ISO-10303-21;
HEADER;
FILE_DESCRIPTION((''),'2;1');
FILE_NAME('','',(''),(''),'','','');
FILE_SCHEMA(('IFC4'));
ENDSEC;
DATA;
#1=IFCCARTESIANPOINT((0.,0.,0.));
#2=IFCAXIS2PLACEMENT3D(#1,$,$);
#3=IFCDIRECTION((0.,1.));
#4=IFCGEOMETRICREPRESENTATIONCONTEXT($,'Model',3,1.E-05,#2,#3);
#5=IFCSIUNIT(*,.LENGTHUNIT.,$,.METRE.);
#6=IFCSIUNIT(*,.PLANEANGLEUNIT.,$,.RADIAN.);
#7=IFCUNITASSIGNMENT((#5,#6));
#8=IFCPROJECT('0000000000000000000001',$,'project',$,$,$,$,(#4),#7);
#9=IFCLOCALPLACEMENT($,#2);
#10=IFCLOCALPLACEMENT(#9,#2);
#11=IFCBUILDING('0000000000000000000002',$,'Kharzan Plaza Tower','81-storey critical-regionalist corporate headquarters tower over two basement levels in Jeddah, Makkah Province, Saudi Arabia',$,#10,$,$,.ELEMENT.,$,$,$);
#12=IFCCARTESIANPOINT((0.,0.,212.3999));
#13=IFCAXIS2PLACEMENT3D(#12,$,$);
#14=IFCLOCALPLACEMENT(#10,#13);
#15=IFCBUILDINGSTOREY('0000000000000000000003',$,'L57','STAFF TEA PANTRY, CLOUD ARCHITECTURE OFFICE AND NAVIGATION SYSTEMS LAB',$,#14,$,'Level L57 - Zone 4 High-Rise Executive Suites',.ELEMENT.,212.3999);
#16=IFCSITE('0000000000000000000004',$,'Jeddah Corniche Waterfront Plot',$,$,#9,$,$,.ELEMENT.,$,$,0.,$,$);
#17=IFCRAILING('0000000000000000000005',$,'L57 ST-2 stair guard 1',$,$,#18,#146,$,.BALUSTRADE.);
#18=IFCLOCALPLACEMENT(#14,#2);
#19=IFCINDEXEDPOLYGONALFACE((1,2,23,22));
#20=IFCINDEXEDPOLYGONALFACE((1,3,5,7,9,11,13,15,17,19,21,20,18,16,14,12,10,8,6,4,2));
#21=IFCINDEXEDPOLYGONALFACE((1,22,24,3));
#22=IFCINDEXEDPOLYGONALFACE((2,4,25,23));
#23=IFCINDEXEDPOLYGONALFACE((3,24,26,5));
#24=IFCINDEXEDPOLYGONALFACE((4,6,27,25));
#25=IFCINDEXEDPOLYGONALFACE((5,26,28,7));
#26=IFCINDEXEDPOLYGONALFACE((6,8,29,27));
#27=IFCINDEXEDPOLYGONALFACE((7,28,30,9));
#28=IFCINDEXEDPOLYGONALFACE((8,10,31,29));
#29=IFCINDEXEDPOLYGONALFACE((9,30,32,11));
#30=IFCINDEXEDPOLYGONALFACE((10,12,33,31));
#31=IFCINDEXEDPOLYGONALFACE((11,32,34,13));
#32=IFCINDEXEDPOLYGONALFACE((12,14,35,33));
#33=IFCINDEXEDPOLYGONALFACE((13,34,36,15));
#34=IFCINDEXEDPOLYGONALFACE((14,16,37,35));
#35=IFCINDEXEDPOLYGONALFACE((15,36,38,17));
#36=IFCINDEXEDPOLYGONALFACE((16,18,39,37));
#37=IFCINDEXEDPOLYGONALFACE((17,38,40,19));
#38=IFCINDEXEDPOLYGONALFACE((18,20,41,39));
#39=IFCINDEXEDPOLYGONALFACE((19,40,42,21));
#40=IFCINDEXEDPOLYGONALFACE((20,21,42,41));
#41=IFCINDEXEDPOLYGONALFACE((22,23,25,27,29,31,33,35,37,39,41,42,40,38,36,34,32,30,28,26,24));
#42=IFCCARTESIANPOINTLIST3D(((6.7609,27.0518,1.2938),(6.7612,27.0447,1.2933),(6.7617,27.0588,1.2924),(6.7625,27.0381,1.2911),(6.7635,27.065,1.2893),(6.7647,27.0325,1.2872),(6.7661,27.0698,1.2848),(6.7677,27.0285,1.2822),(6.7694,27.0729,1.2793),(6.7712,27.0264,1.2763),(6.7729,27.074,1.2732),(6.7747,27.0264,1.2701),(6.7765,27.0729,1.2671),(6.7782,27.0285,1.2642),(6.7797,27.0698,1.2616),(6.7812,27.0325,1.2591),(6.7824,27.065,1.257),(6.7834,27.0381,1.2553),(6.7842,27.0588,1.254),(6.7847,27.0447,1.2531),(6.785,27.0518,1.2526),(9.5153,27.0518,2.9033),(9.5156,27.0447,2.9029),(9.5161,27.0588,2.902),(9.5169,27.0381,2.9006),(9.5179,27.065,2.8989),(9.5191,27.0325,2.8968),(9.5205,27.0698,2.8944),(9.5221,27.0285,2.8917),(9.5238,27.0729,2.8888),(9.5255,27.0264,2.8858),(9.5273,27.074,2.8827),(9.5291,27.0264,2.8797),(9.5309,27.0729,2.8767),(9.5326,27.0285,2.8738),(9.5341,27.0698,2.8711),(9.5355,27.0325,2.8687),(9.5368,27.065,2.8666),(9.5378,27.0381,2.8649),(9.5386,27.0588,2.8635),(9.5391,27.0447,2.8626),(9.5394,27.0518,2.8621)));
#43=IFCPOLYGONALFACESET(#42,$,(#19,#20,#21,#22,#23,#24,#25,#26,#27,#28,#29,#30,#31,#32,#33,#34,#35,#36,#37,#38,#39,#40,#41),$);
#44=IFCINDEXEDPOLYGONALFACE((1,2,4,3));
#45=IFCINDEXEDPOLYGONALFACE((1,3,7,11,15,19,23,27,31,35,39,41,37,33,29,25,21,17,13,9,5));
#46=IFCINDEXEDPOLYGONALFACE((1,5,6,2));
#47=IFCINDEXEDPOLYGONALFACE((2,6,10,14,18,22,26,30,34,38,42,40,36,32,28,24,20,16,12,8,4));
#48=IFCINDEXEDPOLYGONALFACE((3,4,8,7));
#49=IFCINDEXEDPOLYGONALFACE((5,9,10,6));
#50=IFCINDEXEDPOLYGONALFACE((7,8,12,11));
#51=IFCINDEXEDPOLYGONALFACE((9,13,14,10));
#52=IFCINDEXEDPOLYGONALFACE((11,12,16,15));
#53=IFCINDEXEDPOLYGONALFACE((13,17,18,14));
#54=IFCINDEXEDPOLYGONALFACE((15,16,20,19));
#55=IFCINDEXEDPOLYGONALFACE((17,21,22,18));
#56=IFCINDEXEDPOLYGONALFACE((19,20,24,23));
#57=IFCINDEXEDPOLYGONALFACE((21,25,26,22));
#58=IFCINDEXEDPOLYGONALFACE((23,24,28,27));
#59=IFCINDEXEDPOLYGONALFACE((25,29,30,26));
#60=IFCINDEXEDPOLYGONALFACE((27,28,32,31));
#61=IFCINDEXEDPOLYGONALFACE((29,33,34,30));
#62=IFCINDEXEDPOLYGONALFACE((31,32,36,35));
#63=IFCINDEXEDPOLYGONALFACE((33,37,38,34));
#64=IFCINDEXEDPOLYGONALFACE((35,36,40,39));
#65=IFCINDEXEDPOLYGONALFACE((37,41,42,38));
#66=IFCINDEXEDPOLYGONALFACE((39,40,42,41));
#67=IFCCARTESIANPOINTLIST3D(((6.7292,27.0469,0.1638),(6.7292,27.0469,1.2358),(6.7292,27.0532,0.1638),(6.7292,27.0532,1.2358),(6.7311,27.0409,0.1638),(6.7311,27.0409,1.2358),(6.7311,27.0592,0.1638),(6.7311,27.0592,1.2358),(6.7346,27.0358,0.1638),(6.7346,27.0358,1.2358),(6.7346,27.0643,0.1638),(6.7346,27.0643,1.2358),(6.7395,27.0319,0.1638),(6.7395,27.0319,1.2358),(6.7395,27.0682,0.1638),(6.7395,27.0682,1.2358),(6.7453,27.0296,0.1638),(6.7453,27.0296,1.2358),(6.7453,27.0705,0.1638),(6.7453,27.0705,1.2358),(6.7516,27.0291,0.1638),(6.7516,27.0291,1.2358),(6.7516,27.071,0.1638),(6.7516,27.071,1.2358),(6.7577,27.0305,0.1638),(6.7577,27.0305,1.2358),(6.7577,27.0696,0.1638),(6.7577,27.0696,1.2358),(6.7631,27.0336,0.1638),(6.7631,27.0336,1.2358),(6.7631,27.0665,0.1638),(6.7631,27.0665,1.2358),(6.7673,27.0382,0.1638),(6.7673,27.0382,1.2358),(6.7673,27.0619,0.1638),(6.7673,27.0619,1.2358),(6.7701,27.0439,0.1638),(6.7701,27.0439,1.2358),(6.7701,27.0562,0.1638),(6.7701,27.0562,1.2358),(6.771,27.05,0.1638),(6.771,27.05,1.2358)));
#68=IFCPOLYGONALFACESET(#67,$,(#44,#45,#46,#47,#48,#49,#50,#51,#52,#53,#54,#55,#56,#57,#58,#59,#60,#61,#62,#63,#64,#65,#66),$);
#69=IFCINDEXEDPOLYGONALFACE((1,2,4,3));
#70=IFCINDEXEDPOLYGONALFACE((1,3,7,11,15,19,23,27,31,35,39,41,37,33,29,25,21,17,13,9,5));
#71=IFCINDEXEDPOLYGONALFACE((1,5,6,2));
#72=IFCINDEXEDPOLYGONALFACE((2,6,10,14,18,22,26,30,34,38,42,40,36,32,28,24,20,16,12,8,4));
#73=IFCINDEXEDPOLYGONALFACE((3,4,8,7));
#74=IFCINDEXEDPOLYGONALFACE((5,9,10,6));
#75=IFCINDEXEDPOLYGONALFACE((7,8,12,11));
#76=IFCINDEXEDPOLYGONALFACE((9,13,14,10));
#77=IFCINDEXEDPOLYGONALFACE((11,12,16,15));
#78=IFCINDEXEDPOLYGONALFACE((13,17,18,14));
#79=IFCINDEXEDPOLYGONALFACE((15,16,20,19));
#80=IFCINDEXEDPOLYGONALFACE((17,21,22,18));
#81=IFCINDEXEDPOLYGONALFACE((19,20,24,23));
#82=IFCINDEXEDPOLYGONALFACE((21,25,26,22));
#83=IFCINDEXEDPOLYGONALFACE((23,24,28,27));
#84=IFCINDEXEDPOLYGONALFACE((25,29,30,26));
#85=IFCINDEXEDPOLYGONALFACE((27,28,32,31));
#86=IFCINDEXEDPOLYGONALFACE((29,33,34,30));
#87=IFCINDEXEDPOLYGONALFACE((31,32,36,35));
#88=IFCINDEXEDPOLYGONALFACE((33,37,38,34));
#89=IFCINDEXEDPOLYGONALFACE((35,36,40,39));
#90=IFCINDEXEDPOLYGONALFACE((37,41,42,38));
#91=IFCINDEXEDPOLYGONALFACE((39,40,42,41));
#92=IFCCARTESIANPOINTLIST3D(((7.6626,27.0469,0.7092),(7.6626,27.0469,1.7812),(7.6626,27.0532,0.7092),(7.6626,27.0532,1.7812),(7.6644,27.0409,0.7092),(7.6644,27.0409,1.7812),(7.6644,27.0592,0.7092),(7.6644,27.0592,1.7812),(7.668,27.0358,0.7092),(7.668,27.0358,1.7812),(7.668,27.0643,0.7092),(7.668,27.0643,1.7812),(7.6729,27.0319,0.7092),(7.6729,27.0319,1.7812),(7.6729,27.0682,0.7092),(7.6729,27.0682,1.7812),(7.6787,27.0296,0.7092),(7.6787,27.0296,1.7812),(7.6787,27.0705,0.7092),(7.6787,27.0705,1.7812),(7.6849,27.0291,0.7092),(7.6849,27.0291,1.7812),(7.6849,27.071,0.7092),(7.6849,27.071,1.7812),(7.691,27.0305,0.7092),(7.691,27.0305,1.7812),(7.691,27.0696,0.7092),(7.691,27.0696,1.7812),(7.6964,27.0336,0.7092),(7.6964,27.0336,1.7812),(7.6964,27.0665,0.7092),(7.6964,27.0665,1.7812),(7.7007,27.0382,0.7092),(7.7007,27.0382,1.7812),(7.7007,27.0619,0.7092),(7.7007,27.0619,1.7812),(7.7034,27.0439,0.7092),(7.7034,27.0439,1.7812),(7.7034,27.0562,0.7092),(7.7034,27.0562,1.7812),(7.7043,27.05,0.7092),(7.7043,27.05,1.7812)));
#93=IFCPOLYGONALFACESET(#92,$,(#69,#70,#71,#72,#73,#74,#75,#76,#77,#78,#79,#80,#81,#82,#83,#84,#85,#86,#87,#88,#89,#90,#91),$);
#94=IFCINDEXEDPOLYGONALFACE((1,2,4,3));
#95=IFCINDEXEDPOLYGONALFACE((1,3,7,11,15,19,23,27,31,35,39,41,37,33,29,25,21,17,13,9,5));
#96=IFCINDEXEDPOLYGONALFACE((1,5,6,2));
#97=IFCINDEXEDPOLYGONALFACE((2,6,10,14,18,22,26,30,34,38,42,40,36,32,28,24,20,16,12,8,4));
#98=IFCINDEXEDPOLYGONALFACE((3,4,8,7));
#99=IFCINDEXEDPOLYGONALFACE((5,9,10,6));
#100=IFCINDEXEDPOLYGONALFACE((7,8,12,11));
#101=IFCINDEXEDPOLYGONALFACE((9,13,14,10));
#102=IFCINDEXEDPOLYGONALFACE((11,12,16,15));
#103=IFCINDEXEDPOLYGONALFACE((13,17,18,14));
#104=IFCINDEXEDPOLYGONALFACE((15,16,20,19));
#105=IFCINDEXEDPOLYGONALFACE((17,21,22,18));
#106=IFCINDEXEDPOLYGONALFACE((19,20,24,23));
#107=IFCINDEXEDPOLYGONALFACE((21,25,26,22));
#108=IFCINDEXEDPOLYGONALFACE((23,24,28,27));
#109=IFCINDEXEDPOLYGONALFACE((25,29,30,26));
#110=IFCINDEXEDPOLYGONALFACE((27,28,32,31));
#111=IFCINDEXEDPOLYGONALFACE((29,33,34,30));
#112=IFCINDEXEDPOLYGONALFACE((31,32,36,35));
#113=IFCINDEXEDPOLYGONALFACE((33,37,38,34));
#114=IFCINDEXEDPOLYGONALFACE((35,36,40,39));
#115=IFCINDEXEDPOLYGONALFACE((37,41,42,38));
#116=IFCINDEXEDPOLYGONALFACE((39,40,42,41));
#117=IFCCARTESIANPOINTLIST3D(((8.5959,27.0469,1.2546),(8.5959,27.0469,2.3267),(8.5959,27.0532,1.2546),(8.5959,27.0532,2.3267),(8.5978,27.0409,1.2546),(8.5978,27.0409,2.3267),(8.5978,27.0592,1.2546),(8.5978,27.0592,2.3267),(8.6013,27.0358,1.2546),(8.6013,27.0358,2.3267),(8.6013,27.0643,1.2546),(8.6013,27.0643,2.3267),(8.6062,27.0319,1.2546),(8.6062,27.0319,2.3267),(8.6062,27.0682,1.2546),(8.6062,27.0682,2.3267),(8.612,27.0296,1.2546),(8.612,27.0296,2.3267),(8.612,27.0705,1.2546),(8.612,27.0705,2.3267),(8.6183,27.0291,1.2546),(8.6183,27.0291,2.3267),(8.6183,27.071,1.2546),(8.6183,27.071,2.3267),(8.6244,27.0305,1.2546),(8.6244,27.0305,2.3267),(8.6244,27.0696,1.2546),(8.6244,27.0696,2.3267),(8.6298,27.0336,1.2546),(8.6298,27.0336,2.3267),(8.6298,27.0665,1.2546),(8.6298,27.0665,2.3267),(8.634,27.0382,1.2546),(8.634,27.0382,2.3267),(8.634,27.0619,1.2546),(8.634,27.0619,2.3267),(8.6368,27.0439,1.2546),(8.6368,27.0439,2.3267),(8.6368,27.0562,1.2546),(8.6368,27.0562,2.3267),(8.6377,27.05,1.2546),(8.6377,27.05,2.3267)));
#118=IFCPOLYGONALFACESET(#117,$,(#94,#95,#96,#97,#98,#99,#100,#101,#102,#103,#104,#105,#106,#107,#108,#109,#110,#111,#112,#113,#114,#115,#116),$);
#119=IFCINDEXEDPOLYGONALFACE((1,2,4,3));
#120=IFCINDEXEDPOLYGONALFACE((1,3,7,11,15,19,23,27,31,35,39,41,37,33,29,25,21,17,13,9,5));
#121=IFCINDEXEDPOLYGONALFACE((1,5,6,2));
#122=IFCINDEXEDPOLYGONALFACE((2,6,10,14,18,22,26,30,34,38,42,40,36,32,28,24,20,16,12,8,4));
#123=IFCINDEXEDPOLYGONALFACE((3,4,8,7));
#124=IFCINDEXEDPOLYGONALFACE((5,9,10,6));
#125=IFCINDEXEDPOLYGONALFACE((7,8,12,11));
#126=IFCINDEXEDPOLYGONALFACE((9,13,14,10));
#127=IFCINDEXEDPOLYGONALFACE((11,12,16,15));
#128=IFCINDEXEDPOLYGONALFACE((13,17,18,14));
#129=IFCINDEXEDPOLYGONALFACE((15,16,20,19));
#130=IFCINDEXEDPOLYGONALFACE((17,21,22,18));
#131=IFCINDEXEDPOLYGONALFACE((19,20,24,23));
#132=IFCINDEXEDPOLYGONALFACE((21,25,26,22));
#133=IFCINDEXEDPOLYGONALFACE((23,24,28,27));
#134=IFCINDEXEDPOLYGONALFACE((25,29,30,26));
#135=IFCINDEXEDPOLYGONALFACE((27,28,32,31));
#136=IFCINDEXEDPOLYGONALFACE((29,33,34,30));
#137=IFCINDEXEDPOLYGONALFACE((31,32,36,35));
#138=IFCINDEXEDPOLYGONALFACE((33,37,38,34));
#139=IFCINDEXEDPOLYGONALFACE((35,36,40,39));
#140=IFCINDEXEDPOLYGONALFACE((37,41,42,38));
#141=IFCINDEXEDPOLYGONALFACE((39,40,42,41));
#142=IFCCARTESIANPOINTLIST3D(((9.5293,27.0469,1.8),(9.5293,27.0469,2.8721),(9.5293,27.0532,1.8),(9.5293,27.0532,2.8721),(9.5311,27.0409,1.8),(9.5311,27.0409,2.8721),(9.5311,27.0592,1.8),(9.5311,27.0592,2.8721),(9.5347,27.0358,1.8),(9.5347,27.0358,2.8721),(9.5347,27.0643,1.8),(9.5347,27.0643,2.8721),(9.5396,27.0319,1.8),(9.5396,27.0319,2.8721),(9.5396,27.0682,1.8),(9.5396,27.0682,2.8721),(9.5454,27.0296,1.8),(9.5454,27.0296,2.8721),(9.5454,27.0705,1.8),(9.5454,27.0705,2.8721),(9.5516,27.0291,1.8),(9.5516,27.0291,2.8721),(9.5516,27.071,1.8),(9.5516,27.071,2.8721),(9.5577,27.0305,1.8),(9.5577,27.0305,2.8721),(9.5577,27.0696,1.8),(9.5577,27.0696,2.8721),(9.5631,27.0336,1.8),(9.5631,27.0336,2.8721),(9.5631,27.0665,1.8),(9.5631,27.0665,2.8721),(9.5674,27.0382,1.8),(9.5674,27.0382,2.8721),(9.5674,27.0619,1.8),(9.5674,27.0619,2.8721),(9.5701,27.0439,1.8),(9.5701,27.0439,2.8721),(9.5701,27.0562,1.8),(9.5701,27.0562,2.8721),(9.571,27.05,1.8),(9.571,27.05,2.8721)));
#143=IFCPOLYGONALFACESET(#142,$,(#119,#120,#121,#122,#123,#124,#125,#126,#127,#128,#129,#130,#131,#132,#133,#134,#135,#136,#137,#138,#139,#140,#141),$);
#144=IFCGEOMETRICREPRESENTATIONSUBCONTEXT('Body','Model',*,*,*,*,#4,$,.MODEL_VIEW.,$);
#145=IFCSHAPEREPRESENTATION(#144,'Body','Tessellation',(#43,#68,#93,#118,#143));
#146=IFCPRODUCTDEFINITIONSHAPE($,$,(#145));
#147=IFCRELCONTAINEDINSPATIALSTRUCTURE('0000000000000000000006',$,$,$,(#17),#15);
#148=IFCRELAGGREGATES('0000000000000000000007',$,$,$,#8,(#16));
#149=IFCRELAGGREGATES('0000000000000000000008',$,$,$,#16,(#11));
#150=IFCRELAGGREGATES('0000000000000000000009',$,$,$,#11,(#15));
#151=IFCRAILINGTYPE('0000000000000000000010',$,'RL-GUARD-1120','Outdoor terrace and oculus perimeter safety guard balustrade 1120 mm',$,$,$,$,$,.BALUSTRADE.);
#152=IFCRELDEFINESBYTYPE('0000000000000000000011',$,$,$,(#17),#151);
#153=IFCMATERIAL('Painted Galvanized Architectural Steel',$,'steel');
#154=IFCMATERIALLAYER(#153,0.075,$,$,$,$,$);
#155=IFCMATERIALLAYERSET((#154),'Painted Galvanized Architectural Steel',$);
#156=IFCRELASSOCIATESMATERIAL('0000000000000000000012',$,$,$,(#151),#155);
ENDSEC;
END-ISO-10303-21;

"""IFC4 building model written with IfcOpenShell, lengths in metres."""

from ifc_helpers import new_model, si_unit, direction, frame, origin, origin_2d, place, context, subcontext, project, spatial, circle, extrude, source, transform, mapped, material, layer, layer_set, type_object, element, save


model = new_model("IFC4")

# Units and contexts
model_context = context("Model", 3, precision=1e-05, world=origin(), true_north=direction((0.0, 1.0)))
body_context = subcontext(model_context, "Body", "Model", "MODEL_VIEW")
ifc_project = project(units=[si_unit("LENGTHUNIT", "METRE"), si_unit("PLANEANGLEUNIT", "RADIAN")], contexts=[model_context])

# Site, building, storey
site_placement = place(None, origin())
site = spatial("IfcSite", under=ifc_project, at=site_placement, Name="Jeddah Corniche Waterfront Plot", CompositionType="ELEMENT", RefElevation=0.0)
building_placement = place(site_placement, origin())
building = spatial("IfcBuilding", under=site, at=building_placement, Name="Kharzan Plaza Tower", Description="81-storey critical-regionalist corporate headquarters tower over two basement levels in Jeddah, Makkah Province, Saudi Arabia", CompositionType="ELEMENT")
storey_placement = place(building_placement, frame((0.0, 0.0, 212.3999)))
storey = spatial("IfcBuildingStorey", under=building, at=storey_placement, Name="L57", Description="STAFF TEA PANTRY, CLOUD ARCHITECTURE OFFICE AND NAVIGATION SYSTEMS LAB", LongName="Level L57 - Zone 4 High-Rise Executive Suites", CompositionType="ELEMENT", Elevation=212.3999)

# Railing
ifc_material_1 = material(Name="Painted Galvanized Architectural Steel", Category="steel")
ifc_layer_1 = layer(ifc_material_1, 0.075)
ifc_layer_set_1 = layer_set([ifc_layer_1], Name="Painted Galvanized Architectural Steel")
railing_type_1 = type_object("IfcRailingType", Name="RL-GUARD-1120", Description="Outdoor terrace and oculus perimeter safety guard balustrade 1120 mm", PredefinedType="BALUSTRADE", material=ifc_layer_set_1)
shared_shape_1 = source(origin(), body_context, "Body", "SweptSolid", [
    extrude(circle(Radius=0.0239, at=origin_2d()), frame((0.0229, 0.0, 1.1094), z_axis=(0.863394, 0.0, 0.504531), x_axis=(0.0, 1.0, 0.0)), (0.0, 0.0, 1.0), 3.1902),
    extrude(circle(Radius=0.021, at=origin_2d()), origin(), (0.0, 0.0, 1.0), 1.072),
    extrude(circle(Radius=0.021, at=origin_2d()), frame((0.9333, 0.0, 0.5454)), (0.0, 0.0, 1.0), 1.072),
    extrude(circle(Radius=0.021, at=origin_2d()), frame((1.8667, 0.0, 1.0908)), (0.0, 0.0, 1.0), 1.072),
    extrude(circle(Radius=0.021, at=origin_2d()), frame((2.8, 0.0, 1.6362)), (0.0, 0.0, 1.0), 1.072),
])
railing_1_placement = place(storey_placement, frame((6.75, 27.05, 0.1638)))
element("IfcRailing", 1, at=railing_1_placement, inside=storey, type_object=railing_type_1, Name="L57 ST-2 stair guard 1", PredefinedType="BALUSTRADE", context=body_context, shape_type="MappedRepresentation", body=[
    mapped(shared_shape_1, transform((0.0, 0.0, 0.0), x_axis=(1.0, 0.0, 0.0), y_axis=(0.0, 1.0, 0.0), z_axis=(0.0, 0.0, 1.0))),
])

save(model, "model.ifc")
